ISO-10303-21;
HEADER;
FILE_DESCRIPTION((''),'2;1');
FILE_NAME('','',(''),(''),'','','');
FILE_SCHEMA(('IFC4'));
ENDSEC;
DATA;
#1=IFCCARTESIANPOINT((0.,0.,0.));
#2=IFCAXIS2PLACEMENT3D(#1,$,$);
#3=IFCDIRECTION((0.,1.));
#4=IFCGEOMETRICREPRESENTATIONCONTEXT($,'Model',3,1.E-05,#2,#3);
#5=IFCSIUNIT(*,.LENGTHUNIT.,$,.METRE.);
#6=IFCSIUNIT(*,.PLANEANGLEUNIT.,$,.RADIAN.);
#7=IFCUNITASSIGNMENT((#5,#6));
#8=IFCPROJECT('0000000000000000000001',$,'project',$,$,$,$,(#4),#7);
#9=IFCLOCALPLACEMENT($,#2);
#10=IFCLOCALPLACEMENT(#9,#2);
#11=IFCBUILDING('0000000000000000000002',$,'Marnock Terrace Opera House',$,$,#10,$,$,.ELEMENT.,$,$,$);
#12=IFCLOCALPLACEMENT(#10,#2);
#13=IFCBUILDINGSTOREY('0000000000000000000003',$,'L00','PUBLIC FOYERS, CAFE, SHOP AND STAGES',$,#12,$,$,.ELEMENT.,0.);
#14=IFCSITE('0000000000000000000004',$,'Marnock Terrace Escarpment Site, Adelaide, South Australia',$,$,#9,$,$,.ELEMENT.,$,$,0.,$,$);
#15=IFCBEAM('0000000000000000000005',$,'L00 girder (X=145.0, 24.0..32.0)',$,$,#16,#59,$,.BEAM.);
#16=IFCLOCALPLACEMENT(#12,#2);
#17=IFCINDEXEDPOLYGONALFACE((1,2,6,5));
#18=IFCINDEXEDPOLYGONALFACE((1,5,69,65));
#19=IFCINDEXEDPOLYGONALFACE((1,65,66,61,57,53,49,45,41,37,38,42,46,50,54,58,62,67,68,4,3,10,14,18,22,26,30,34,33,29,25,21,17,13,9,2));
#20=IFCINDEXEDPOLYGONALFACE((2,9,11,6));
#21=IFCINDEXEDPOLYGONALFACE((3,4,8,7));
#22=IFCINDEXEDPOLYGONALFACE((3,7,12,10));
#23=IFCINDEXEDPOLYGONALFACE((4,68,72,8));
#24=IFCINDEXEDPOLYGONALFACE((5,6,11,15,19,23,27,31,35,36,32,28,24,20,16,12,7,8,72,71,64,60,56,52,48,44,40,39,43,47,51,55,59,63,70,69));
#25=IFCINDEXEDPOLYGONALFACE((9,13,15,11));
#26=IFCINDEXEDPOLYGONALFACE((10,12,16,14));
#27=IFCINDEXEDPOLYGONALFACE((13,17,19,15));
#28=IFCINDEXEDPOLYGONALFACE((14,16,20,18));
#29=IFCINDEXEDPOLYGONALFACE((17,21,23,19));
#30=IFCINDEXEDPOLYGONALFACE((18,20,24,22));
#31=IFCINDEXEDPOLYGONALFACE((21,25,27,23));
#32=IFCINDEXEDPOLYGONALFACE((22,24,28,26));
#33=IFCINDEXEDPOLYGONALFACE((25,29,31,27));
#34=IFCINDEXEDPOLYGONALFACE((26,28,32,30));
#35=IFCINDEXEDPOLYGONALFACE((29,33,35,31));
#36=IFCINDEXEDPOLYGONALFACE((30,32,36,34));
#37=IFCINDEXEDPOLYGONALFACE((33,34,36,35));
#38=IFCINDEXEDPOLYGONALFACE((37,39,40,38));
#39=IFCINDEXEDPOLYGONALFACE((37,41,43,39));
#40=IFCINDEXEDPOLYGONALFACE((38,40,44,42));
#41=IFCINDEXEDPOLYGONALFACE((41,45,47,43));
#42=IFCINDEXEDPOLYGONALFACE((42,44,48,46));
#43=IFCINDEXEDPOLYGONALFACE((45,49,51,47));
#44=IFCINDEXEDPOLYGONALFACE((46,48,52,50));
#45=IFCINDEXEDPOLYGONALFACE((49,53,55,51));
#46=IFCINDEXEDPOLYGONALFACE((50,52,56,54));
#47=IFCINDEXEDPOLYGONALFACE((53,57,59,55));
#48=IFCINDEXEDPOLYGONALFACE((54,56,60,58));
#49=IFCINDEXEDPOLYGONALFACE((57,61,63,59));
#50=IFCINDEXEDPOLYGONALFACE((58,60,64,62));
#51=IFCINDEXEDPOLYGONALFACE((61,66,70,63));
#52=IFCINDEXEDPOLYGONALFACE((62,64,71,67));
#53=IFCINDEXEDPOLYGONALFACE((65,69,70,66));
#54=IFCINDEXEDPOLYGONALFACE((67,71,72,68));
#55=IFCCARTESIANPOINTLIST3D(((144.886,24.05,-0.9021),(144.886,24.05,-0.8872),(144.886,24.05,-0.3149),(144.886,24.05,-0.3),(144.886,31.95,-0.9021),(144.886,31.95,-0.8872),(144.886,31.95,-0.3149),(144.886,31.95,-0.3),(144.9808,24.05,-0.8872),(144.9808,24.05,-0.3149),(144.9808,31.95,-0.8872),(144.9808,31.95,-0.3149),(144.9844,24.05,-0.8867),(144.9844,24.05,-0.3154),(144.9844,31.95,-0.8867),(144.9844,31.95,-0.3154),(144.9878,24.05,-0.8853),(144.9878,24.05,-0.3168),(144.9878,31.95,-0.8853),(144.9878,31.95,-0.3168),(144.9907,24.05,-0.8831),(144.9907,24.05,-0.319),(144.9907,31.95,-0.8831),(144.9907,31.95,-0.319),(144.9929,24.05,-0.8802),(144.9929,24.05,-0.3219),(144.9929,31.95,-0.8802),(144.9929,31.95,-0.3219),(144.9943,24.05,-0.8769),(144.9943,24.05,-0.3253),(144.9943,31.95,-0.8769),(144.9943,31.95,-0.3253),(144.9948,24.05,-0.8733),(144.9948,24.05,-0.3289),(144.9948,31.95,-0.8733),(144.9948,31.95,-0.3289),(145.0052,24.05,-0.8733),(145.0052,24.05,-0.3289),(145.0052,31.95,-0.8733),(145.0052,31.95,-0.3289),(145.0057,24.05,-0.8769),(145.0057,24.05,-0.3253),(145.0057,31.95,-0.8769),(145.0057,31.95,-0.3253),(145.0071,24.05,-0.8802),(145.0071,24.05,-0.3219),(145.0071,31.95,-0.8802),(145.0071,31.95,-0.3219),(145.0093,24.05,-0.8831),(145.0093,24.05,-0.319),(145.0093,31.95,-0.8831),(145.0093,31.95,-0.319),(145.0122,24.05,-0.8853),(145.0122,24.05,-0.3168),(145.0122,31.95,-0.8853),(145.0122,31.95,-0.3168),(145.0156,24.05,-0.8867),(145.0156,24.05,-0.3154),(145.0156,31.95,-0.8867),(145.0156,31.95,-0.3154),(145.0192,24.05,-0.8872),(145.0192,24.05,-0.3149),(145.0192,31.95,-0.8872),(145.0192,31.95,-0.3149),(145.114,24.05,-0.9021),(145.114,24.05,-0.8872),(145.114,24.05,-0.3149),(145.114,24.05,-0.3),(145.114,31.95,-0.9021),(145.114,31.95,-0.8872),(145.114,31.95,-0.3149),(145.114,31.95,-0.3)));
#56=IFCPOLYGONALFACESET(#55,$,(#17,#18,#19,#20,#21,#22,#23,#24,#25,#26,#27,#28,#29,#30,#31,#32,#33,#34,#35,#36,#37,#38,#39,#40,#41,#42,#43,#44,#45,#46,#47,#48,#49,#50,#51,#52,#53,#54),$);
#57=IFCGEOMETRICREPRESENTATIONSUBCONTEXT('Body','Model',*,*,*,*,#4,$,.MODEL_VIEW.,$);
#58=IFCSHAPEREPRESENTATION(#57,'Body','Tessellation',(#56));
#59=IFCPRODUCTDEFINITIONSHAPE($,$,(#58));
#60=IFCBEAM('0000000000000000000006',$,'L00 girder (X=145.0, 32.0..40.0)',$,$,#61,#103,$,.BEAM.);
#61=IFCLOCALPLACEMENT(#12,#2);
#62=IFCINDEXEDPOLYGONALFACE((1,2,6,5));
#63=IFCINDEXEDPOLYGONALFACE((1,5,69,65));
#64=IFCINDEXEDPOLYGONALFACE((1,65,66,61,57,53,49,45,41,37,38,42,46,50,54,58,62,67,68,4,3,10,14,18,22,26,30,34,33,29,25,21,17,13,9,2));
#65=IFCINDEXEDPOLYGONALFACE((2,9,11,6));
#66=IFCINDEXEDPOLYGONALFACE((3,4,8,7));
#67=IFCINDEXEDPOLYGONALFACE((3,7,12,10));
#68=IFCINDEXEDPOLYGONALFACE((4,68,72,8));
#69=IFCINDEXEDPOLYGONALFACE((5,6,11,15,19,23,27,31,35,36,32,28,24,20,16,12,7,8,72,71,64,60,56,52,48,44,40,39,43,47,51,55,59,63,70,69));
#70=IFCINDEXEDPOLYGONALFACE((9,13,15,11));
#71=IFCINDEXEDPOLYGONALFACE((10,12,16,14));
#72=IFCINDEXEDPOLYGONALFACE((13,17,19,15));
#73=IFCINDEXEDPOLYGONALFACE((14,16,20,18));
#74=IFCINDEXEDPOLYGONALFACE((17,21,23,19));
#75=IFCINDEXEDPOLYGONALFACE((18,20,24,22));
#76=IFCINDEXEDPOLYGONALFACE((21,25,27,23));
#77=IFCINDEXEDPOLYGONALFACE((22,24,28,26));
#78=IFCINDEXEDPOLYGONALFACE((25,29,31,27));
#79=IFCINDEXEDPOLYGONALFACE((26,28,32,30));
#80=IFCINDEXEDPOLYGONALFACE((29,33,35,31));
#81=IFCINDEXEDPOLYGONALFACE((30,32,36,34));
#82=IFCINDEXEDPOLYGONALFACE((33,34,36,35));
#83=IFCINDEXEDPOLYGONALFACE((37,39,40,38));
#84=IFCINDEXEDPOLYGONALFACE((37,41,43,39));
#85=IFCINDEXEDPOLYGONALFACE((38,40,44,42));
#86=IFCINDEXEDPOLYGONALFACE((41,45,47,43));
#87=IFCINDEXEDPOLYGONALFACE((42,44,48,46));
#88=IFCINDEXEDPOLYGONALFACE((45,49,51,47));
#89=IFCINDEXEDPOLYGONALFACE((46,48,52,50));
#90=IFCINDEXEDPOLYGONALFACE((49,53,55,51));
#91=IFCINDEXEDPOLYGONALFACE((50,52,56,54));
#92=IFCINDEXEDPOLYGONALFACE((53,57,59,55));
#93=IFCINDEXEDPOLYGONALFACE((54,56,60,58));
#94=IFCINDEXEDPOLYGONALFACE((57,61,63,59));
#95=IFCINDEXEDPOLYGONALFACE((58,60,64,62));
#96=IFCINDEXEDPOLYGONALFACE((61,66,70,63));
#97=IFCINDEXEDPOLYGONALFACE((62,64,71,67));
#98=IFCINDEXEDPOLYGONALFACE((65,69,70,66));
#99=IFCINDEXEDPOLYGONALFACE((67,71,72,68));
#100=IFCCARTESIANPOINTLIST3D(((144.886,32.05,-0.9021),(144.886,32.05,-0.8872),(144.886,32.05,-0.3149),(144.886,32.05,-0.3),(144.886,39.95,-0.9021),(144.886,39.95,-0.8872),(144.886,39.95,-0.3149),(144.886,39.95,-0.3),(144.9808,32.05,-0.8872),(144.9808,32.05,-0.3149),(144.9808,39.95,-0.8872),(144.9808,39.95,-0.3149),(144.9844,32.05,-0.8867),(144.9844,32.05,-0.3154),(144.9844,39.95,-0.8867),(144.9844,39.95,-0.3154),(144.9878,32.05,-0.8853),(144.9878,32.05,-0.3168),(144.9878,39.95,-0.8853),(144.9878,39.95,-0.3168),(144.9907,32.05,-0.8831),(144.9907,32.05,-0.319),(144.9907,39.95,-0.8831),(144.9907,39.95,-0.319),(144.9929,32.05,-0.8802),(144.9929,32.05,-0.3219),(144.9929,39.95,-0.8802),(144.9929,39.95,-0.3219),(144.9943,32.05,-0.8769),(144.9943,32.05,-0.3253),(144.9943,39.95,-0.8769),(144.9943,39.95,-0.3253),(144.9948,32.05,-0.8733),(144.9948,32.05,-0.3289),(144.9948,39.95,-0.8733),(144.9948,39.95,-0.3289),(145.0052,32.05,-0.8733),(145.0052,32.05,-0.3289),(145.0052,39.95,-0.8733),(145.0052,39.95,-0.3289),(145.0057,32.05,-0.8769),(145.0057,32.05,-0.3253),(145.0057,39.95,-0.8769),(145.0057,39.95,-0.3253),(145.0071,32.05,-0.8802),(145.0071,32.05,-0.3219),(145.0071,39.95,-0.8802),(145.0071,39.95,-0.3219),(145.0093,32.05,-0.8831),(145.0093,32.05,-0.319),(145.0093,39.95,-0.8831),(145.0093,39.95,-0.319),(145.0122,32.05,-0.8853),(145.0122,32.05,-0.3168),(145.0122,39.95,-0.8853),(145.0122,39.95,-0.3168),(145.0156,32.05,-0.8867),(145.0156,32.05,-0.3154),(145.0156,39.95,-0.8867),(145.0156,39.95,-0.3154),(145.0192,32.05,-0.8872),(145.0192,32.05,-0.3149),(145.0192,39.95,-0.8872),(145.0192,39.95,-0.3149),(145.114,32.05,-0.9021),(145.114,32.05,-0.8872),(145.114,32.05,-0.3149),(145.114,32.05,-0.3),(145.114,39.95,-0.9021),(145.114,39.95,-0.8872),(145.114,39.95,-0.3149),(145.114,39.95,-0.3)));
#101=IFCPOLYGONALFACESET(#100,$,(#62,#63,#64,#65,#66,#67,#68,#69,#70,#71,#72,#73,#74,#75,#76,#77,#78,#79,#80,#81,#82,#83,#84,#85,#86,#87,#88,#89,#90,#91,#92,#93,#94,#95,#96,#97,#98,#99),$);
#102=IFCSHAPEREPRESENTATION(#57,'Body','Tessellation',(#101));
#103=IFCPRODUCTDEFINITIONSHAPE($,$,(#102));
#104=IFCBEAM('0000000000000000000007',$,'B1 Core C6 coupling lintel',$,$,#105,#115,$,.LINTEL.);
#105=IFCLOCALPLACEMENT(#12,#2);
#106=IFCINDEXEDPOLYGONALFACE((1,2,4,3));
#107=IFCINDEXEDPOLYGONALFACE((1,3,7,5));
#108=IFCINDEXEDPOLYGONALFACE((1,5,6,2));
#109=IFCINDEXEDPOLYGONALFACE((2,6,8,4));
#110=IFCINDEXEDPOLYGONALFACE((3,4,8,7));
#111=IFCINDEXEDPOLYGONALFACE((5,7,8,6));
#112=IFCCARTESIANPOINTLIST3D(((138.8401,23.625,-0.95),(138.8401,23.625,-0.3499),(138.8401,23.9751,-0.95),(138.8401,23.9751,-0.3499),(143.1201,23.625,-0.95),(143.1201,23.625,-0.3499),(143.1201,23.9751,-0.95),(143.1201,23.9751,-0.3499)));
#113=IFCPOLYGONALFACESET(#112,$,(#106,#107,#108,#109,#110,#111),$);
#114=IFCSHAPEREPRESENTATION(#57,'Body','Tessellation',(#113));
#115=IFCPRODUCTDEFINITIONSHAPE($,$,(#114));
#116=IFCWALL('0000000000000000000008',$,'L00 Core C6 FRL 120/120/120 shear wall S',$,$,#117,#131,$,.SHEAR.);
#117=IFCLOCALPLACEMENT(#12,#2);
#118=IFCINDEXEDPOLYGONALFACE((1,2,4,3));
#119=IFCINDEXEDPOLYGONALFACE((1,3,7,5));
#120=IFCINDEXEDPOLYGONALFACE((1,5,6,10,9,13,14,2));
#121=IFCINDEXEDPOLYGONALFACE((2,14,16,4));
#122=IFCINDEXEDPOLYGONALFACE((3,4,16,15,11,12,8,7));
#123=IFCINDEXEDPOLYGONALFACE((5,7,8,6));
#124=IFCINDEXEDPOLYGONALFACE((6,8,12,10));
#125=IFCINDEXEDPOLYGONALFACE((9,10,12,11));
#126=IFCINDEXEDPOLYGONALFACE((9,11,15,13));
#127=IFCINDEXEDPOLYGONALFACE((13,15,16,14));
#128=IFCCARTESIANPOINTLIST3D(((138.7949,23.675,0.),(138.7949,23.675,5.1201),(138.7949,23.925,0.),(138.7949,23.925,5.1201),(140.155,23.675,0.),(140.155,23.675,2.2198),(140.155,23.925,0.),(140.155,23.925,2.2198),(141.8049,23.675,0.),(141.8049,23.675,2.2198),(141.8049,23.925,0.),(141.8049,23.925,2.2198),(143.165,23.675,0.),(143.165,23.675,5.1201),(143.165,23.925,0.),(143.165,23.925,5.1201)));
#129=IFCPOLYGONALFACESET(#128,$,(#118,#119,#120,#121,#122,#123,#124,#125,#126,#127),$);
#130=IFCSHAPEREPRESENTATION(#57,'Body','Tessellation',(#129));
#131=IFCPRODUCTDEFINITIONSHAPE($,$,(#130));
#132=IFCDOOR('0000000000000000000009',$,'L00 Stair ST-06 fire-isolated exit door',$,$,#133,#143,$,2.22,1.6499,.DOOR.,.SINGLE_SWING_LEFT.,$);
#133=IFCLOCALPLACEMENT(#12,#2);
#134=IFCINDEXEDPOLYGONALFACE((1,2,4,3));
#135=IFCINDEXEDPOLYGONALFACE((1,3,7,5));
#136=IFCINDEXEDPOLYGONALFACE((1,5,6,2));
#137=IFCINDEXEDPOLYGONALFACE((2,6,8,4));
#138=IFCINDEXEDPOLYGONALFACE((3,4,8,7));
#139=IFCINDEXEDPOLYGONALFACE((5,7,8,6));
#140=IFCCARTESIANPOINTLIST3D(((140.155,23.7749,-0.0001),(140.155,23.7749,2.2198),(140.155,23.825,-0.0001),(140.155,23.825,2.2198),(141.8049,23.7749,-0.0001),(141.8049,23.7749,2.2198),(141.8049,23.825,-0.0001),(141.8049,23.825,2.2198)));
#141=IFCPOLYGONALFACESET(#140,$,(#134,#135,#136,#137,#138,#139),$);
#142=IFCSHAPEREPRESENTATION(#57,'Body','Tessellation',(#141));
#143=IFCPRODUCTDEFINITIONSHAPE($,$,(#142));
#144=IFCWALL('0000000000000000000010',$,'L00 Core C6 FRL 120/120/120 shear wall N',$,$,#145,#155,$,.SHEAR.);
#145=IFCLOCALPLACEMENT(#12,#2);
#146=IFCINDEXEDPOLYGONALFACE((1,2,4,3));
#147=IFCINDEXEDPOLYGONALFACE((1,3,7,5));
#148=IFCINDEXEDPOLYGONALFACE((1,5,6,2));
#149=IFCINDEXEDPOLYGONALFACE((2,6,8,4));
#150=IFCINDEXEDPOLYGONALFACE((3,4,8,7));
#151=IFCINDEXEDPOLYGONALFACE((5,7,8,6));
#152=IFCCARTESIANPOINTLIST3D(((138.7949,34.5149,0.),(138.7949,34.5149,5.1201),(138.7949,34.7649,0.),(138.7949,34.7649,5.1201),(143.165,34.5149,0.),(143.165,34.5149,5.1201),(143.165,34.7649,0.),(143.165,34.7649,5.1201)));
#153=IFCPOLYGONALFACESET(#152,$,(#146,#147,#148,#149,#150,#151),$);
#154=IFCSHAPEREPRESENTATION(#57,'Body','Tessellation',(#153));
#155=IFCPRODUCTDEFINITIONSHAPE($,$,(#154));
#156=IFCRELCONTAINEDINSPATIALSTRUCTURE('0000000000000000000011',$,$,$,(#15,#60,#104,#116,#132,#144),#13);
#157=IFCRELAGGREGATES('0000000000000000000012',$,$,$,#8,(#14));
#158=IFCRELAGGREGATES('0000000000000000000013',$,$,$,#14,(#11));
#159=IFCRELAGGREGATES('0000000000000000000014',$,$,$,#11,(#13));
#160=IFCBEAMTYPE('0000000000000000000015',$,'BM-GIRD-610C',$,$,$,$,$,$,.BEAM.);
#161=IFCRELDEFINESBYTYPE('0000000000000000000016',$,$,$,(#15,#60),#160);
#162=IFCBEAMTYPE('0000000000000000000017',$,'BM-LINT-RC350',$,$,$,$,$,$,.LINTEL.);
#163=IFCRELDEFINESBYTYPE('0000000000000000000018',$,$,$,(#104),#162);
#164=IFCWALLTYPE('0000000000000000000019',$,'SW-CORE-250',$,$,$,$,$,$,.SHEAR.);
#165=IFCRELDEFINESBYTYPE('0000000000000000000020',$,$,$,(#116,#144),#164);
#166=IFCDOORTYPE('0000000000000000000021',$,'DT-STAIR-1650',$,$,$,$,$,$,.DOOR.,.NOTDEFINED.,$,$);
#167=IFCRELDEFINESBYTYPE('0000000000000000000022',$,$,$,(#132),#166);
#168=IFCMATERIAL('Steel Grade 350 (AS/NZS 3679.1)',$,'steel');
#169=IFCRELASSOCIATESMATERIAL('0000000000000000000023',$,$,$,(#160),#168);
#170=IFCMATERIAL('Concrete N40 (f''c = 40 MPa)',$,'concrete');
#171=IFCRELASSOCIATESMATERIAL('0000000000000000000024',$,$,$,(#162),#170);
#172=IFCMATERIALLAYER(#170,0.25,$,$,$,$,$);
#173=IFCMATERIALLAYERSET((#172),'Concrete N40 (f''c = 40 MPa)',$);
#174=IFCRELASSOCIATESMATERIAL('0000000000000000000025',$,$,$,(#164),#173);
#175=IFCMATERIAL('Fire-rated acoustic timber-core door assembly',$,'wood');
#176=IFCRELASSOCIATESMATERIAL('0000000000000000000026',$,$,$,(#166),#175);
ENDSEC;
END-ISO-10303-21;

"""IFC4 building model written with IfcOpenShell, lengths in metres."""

from ifc_helpers import new_model, si_unit, direction, frame, frame_2d, origin, origin_2d, place, context, subcontext, project, spatial, rectangle, i_section, extrude, material, layer, layer_set, material_profile, profile_set, type_object, element, fill, save


model = new_model("IFC4")

# Units and contexts
model_context = context("Model", 3, precision=1e-05, world=origin(), true_north=direction((0.0, 1.0)))
body_context = subcontext(model_context, "Body", "Model", "MODEL_VIEW")
ifc_project = project(units=[si_unit("LENGTHUNIT", "METRE"), si_unit("PLANEANGLEUNIT", "RADIAN")], contexts=[model_context])

# Site, building, storey
site_placement = place(None, origin())
site = spatial("IfcSite", under=ifc_project, at=site_placement, Name="Marnock Terrace Escarpment Site, Adelaide, South Australia", CompositionType="ELEMENT", RefElevation=0.0)
building_placement = place(site_placement, origin())
building = spatial("IfcBuilding", under=site, at=building_placement, Name="Marnock Terrace Opera House", CompositionType="ELEMENT")
storey_placement = place(building_placement, origin())
storey = spatial("IfcBuildingStorey", under=building, at=storey_placement, Name="L00", Description="PUBLIC FOYERS, CAFE, SHOP AND STAGES", CompositionType="ELEMENT", Elevation=0.0)

# Shared definitions
ifc_material_1 = material(Name="Steel Grade 350 (AS/NZS 3679.1)", Category="steel")

# Beams
ifc_material_profile_1 = material_profile(ifc_material_1, i_section(OverallWidth=0.228, OverallDepth=0.6021, WebThickness=0.0105, FlangeThickness=0.0149, FilletRadius=0.0139, at=origin_2d()))
ifc_profile_set_1 = profile_set([ifc_material_profile_1], Name="Steel Grade 350 (AS/NZS 3679.1)")
beam_type_1 = type_object("IfcBeamType", Name="BM-GIRD-610C", PredefinedType="BEAM", material=ifc_profile_set_1)
for number, where, z_axis, x_axis, name in (
    (1, (145.0, 24.05, -0.6011), (0.0, 1.0, 0.0), (-1.0, 0.0, 0.0), "L00 girder (X=145.0, 24.0..32.0)"),
    (2, (145.0, 32.05, -0.6011), (0.0, 1.0, 0.0), (-1.0, 0.0, 0.0), "L00 girder (X=145.0, 32.0..40.0)"),
):
    element("IfcBeam", number, at=place(storey_placement, frame(where, z_axis=z_axis, x_axis=x_axis)), inside=storey, type_object=beam_type_1, Name=name, PredefinedType="BEAM", context=body_context, shape_type="SweptSolid", body=[
        extrude(i_section(OverallWidth=0.228, OverallDepth=0.6021, WebThickness=0.0105, FlangeThickness=0.0149, FilletRadius=0.0139, at=origin_2d()), origin(), (0.0, 0.0, 1.0), 7.8999),
    ])
ifc_material_2 = material(Name="Concrete N40 (f'c = 40 MPa)", Category="concrete")
ifc_material_profile_2 = material_profile(ifc_material_2, rectangle(XDim=0.3501, YDim=0.6001, at=origin_2d()))
ifc_profile_set_2 = profile_set([ifc_material_profile_2], Name="Concrete N40 (f'c = 40 MPa)")
beam_type_2 = type_object("IfcBeamType", Name="BM-LINT-RC350", PredefinedType="LINTEL", material=ifc_profile_set_2)
beam_1_placement = place(storey_placement, frame((138.8401, 23.8, -0.6499), z_axis=(1.0, 0.0, 0.0), x_axis=(0.0, 1.0, 0.0)))
element("IfcBeam", 3, at=beam_1_placement, inside=storey, type_object=beam_type_2, Name="B1 Core C6 coupling lintel", PredefinedType="LINTEL", context=body_context, shape_type="SweptSolid", body=[
    extrude(rectangle(XDim=0.3501, YDim=0.6001, at=origin_2d()), origin(), (0.0, 0.0, 1.0), 4.28),
])

# Wall, opening, door
ifc_layer = layer(ifc_material_2, 0.25)
ifc_layer_set = layer_set([ifc_layer], Name="Concrete N40 (f'c = 40 MPa)")
wall_type = type_object("IfcWallType", Name="SW-CORE-250", PredefinedType="SHEAR", material=ifc_layer_set)
wall_1_placement = place(storey_placement, frame((138.7949, 23.8, 0.0), z_axis=(0.0, 0.0, 1.0), x_axis=(1.0, 0.0, 0.0)))
wall_1 = element("IfcWall", 4, at=wall_1_placement, inside=storey, type_object=wall_type, Name="L00 Core C6 FRL 120/120/120 shear wall S", PredefinedType="SHEAR", context=body_context, shape_type="SweptSolid", body=[
    extrude(rectangle(XDim=4.3701, YDim=0.25, at=frame_2d((2.1851, 0.0))), origin(), (0.0, 0.0, 1.0), 5.1201),
])
opening_placement = place(wall_1_placement, frame((1.3601, 0.0, 0.0)))
opening = element("IfcOpeningElement", 5, at=opening_placement, cuts=wall_1, PredefinedType="OPENING", context=body_context, shape_type="SweptSolid", body=[
    extrude(rectangle(XDim=1.6499, YDim=2.22, at=frame_2d((0.825, 1.1099))), frame((0.0, 0.135, 0.0), z_axis=(0.0, -1.0, 0.0), x_axis=(1.0, 0.0, 0.0)), (0.0, 0.0, 1.0), 0.27),
])
ifc_material_3 = material(Name="Fire-rated acoustic timber-core door assembly", Category="wood")
door_type = type_object("IfcDoorType", Name="DT-STAIR-1650", OperationType="NOTDEFINED", PredefinedType="DOOR", material=ifc_material_3)
door_placement = place(opening_placement, origin())
door = element("IfcDoor", 6, at=door_placement, inside=storey, type_object=door_type, Name="L00 Stair ST-06 fire-isolated exit door", OperationType="SINGLE_SWING_LEFT", OverallHeight=2.22, OverallWidth=1.6499, PredefinedType="DOOR", context=body_context, shape_type="SweptSolid", body=[
    extrude(rectangle(XDim=1.6499, YDim=2.22, at=frame_2d((0.825, 1.1099))), frame((0.0, 0.0249, 0.0), z_axis=(0.0, -1.0, 0.0), x_axis=(1.0, 0.0, 0.0)), (0.0, 0.0, 1.0), 0.05),
])
fill(opening, door)

# Wall
wall_2_placement = place(storey_placement, frame((138.7949, 34.6399, 0.0), z_axis=(0.0, 0.0, 1.0), x_axis=(1.0, 0.0, 0.0)))
element("IfcWall", 7, at=wall_2_placement, inside=storey, type_object=wall_type, Name="L00 Core C6 FRL 120/120/120 shear wall N", PredefinedType="SHEAR", context=body_context, shape_type="SweptSolid", body=[
    extrude(rectangle(XDim=4.3701, YDim=0.25, at=frame_2d((2.1851, 0.0))), origin(), (0.0, 0.0, 1.0), 5.1201),
])

save(model, "model.ifc")
